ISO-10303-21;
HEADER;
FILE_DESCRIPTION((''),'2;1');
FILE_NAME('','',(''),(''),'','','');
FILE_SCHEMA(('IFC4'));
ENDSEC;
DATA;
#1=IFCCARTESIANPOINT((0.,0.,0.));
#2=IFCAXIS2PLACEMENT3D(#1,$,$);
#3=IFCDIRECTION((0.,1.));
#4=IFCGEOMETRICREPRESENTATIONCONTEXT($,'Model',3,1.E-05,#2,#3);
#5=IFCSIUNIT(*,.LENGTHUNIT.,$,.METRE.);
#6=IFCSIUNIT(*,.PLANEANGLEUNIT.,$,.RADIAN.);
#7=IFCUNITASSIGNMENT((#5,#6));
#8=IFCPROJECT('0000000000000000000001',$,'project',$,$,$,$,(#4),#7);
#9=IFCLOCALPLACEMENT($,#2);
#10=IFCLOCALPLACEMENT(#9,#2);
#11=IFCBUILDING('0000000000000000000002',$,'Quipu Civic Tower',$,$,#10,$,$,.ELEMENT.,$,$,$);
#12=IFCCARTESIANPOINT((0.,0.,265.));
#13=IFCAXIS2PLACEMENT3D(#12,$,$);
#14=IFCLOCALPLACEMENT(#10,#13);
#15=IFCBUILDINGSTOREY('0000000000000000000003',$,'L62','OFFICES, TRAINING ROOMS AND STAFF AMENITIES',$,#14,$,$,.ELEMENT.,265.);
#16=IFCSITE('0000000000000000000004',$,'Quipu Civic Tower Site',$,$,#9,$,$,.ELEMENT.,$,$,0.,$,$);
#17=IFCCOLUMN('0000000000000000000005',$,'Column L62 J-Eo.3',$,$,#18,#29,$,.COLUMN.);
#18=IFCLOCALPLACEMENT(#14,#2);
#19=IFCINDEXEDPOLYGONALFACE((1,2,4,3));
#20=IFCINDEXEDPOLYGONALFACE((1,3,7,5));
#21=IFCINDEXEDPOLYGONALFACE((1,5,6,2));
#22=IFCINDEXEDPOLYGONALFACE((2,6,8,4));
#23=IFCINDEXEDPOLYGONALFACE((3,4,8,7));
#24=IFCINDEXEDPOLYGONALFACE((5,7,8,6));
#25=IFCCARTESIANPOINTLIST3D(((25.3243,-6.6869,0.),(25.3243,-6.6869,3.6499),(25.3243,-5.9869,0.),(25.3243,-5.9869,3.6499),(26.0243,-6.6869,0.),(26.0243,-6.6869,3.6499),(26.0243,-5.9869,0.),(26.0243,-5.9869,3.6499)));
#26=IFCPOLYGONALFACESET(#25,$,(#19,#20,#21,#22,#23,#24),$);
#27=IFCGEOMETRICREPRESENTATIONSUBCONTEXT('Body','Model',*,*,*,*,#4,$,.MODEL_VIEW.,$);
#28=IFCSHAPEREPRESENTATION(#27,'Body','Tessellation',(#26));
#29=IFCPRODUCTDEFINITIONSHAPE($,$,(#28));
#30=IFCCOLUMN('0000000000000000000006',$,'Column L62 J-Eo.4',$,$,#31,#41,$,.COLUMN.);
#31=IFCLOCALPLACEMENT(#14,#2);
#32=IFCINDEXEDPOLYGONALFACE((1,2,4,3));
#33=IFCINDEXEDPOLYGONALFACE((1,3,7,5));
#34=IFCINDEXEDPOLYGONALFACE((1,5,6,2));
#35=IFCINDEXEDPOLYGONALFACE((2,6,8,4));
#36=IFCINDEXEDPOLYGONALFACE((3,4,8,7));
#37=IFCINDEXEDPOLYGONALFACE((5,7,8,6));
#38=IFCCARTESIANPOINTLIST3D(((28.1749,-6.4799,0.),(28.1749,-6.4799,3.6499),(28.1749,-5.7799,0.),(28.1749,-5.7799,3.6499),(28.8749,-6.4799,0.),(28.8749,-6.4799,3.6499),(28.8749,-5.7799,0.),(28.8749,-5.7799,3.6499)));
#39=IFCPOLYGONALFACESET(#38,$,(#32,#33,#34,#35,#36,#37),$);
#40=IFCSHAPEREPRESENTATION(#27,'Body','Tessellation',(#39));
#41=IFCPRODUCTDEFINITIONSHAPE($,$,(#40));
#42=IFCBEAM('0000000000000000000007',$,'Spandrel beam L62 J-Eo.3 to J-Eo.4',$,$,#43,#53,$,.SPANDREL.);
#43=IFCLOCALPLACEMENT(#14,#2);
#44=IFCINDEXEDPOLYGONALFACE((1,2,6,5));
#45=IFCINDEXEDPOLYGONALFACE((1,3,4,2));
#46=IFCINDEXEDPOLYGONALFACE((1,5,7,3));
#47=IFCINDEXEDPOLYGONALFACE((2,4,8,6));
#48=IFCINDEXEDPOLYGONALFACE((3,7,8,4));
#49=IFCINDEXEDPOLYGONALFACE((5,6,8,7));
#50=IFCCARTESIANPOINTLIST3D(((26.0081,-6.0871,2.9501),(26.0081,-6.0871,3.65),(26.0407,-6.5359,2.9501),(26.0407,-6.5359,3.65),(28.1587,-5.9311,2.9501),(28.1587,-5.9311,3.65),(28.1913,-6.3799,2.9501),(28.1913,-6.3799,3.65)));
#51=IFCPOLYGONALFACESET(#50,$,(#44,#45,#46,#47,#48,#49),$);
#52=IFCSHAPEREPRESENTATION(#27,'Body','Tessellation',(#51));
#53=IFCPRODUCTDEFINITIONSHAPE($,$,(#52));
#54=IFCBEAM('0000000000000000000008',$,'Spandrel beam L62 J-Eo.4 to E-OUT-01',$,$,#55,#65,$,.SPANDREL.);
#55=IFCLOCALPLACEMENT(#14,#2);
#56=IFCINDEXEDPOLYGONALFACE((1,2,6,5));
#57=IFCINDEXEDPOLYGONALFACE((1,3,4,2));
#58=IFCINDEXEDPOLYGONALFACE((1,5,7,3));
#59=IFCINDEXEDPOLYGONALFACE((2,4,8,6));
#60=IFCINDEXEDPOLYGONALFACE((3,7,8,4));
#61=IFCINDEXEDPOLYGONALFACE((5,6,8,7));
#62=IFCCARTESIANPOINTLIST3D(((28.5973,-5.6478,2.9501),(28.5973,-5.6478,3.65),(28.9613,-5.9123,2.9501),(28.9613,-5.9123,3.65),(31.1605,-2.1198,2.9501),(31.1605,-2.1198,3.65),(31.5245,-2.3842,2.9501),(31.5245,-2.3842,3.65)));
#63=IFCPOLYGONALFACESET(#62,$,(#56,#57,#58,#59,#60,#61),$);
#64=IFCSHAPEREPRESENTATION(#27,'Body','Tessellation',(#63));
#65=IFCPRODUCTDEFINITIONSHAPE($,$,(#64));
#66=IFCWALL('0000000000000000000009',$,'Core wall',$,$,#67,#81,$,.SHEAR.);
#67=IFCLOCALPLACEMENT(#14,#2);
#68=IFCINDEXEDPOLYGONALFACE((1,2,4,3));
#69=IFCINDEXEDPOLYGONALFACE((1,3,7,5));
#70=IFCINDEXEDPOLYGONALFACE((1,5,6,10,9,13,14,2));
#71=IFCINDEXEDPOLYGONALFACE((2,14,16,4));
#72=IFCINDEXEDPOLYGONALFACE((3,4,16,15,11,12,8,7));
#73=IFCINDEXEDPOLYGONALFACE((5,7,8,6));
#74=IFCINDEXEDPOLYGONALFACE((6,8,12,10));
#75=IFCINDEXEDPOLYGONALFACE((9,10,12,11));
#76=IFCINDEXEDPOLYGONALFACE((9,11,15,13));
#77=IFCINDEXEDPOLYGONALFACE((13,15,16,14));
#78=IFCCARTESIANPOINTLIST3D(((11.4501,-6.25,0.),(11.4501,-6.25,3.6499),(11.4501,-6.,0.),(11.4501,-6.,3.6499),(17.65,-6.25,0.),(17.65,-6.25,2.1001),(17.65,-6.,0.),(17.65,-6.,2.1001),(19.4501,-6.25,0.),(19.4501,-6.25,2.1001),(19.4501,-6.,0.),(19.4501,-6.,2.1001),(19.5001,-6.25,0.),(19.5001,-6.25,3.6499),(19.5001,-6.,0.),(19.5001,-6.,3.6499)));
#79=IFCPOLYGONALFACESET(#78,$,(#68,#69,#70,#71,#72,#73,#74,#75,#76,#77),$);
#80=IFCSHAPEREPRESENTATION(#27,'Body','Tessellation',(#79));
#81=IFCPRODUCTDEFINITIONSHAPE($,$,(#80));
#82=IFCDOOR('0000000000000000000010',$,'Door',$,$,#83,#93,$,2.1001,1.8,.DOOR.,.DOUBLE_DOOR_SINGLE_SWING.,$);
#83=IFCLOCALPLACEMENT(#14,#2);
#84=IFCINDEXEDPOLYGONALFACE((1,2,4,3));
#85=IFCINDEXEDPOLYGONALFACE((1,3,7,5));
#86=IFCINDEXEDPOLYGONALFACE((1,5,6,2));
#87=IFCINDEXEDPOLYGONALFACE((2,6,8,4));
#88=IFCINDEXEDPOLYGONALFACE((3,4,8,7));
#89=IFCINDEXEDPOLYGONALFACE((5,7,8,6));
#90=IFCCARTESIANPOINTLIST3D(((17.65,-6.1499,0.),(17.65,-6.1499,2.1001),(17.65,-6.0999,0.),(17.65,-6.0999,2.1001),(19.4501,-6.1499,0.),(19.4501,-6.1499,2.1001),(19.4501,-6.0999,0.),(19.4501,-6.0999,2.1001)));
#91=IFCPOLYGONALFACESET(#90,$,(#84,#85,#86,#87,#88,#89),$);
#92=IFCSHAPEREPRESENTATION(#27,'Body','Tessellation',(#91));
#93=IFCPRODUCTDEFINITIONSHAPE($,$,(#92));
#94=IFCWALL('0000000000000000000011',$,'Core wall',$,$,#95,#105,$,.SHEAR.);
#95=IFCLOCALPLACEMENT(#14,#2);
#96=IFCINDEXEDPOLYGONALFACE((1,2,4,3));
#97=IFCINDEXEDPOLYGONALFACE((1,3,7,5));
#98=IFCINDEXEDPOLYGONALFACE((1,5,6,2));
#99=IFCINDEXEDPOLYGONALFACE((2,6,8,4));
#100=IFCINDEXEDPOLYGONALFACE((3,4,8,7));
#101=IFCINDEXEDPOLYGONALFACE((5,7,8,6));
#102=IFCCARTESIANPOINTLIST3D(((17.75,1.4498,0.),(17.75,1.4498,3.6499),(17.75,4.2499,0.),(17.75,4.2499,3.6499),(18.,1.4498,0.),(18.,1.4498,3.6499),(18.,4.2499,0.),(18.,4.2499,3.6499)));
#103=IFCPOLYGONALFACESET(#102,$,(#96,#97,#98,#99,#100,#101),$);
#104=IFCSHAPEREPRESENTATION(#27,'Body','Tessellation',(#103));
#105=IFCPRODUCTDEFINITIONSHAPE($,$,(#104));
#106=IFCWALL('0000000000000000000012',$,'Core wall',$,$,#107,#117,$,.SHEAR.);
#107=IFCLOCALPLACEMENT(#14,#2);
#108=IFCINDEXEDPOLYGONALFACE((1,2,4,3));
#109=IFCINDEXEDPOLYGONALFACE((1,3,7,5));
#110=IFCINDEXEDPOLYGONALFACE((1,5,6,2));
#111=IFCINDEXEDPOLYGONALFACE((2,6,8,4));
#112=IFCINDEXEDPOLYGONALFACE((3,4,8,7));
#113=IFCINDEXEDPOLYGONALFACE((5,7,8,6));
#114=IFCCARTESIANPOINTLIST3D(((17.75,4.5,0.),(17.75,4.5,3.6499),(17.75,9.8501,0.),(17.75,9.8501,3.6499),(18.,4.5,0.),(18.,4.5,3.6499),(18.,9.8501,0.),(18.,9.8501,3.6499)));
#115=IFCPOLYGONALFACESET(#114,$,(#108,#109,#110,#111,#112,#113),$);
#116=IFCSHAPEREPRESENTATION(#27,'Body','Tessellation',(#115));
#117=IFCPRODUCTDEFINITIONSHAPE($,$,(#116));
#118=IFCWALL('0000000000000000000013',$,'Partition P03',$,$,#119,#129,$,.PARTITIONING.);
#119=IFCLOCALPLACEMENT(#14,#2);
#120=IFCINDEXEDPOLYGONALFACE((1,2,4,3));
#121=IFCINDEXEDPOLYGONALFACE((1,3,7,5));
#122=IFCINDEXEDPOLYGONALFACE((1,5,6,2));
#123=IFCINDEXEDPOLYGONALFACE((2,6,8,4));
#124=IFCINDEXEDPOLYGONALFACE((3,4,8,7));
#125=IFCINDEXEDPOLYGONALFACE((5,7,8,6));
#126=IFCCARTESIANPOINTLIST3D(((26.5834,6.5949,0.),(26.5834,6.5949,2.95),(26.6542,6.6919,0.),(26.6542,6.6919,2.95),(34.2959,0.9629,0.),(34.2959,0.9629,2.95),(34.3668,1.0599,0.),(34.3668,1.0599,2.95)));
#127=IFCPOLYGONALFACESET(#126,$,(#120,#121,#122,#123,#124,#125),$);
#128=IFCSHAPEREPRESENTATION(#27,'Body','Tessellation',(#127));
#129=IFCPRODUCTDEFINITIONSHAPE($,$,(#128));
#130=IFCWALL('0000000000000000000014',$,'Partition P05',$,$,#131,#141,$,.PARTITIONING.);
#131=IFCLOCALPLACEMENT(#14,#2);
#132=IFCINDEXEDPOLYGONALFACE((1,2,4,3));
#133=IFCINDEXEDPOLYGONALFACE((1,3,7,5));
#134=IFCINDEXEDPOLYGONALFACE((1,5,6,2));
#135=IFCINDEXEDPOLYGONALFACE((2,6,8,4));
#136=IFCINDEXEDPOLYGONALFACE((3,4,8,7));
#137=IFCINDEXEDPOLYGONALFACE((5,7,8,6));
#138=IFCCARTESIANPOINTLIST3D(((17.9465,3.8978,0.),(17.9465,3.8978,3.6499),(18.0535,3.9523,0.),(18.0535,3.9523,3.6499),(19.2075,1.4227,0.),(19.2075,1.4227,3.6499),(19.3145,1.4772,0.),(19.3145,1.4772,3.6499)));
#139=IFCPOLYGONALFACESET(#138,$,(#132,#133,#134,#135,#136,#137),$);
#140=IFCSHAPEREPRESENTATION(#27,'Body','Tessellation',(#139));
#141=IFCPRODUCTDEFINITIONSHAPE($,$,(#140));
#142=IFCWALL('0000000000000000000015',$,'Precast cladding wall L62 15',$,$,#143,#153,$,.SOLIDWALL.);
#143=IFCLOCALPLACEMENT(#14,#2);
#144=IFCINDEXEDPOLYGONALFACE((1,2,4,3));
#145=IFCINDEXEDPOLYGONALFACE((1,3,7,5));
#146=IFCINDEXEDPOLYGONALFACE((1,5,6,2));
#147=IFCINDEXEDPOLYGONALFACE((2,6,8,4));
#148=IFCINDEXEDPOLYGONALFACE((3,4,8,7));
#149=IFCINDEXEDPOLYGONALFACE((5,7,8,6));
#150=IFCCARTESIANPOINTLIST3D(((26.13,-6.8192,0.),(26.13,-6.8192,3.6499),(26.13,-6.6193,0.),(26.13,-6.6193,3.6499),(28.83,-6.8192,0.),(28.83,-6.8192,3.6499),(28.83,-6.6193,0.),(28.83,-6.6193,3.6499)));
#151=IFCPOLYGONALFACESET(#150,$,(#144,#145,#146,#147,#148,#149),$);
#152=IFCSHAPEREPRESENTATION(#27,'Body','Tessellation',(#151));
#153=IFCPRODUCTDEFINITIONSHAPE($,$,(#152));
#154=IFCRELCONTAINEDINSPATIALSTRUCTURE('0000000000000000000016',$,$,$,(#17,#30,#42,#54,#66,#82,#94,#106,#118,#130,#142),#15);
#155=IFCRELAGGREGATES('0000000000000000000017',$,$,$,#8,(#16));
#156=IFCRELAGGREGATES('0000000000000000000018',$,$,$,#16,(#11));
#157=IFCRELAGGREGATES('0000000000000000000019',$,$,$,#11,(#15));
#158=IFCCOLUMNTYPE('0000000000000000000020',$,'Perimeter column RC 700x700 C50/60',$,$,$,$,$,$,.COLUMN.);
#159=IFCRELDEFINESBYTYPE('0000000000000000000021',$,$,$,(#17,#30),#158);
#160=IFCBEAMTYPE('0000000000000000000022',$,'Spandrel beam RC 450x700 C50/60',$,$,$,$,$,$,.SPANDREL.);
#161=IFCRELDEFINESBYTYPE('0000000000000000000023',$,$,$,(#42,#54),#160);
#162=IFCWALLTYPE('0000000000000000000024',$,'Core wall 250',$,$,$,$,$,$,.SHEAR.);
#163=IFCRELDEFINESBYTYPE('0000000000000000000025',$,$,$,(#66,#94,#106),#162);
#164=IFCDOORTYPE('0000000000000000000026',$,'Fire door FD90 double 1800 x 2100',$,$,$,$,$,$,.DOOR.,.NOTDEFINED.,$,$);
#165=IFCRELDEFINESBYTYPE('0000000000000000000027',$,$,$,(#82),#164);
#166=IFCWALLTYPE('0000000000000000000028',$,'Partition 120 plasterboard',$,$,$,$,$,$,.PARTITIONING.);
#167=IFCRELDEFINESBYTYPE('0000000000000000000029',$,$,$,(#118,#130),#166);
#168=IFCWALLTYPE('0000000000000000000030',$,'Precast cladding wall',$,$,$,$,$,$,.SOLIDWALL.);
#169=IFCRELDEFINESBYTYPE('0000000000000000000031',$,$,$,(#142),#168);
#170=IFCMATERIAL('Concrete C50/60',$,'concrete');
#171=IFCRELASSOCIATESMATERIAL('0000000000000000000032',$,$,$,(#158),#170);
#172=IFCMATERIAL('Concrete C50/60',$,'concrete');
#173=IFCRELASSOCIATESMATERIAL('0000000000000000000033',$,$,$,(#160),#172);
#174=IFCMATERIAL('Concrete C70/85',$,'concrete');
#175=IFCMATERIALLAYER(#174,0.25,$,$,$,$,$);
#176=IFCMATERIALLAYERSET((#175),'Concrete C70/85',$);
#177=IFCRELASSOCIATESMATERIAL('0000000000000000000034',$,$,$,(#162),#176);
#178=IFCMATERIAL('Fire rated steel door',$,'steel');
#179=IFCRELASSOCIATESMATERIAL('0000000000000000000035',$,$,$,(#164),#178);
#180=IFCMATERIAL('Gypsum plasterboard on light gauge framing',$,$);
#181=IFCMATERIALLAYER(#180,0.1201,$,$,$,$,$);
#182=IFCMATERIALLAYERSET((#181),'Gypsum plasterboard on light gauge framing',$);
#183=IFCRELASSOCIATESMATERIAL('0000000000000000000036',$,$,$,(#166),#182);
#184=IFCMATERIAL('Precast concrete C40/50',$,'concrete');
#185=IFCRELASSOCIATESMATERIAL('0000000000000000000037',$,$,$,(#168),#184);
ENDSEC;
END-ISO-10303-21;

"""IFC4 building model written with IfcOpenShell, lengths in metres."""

from ifc_helpers import new_model, si_unit, direction, frame, frame_2d, origin, origin_2d, place, context, subcontext, project, spatial, rectangle, extrude, material, layer, layer_set, material_profile, profile_set, type_object, element, fill, save


model = new_model("IFC4")

# Units and contexts
model_context = context("Model", 3, precision=1e-05, world=origin(), true_north=direction((0.0, 1.0)))
body_context = subcontext(model_context, "Body", "Model", "MODEL_VIEW")
ifc_project = project(units=[si_unit("LENGTHUNIT", "METRE"), si_unit("PLANEANGLEUNIT", "RADIAN")], contexts=[model_context])

# Site, building, storey
site_placement = place(None, origin())
site = spatial("IfcSite", under=ifc_project, at=site_placement, Name="Quipu Civic Tower Site", CompositionType="ELEMENT", RefElevation=0.0)
building_placement = place(site_placement, origin())
building = spatial("IfcBuilding", under=site, at=building_placement, Name="Quipu Civic Tower", CompositionType="ELEMENT")
storey_placement = place(building_placement, frame((0.0, 0.0, 265.0)))
storey = spatial("IfcBuildingStorey", under=building, at=storey_placement, Name="L62", Description="OFFICES, TRAINING ROOMS AND STAFF AMENITIES", CompositionType="ELEMENT", Elevation=265.0)

# Columns
ifc_material_1 = material(Name="Concrete C50/60", Category="concrete")
ifc_material_profile_1 = material_profile(ifc_material_1, rectangle(XDim=0.7, YDim=0.7, at=origin_2d()), Name="RC700x700")
ifc_profile_set_1 = profile_set([ifc_material_profile_1], Name="Concrete C50/60")
column_type = type_object("IfcColumnType", Name="Perimeter column RC 700x700 C50/60", PredefinedType="COLUMN", material=ifc_profile_set_1)
for number, where, z_axis, x_axis, name in (
    (1, (25.6743, -6.3369, 0.0), (0.0, 0.0, 1.0), (1.0, 0.0, 0.0), "Column L62 J-Eo.3"),
    (2, (28.5249, -6.1299, 0.0), (0.0, 0.0, 1.0), (1.0, 0.0, 0.0), "Column L62 J-Eo.4"),
):
    element("IfcColumn", number, at=place(storey_placement, frame(where, z_axis=z_axis, x_axis=x_axis)), inside=storey, type_object=column_type, Name=name, PredefinedType="COLUMN", context=body_context, shape_type="SweptSolid", body=[
        extrude(rectangle(XDim=0.7, YDim=0.7, at=origin_2d()), origin(), (0.0, 0.0, 1.0), 3.6499),
    ])

# Beams
ifc_material_2 = material(Name="Concrete C50/60", Category="concrete")
ifc_material_profile_2 = material_profile(ifc_material_2, rectangle(XDim=0.45, YDim=0.7, at=origin_2d()), Name="RC450x700")
ifc_profile_set_2 = profile_set([ifc_material_profile_2], Name="Concrete C50/60")
beam_type = type_object("IfcBeamType", Name="Spandrel beam RC 450x700 C50/60", PredefinedType="SPANDREL", material=ifc_profile_set_2)
beam_1_placement = place(storey_placement, frame((26.0244, -6.3115, 3.3), z_axis=(0.997379, 0.072349, 0.0), x_axis=(-0.072349, 0.997379, 0.0)))
element("IfcBeam", 3, at=beam_1_placement, inside=storey, type_object=beam_type, Name="Spandrel beam L62 J-Eo.3 to J-Eo.4", PredefinedType="SPANDREL", context=body_context, shape_type="SweptSolid", body=[
    extrude(rectangle(XDim=0.45, YDim=0.7, at=origin_2d()), origin(), (0.0, 0.0, 1.0), 2.1562),
])
beam_2_placement = place(storey_placement, frame((28.7793, -5.78, 3.3), z_axis=(0.587776, 0.809024, 0.0), x_axis=(-0.809024, 0.587776, 0.0)))
element("IfcBeam", 4, at=beam_2_placement, inside=storey, type_object=beam_type, Name="Spandrel beam L62 J-Eo.4 to E-OUT-01", PredefinedType="SPANDREL", context=body_context, shape_type="SweptSolid", body=[
    extrude(rectangle(XDim=0.45, YDim=0.7, at=origin_2d()), origin(), (0.0, 0.0, 1.0), 4.3608),
])

# Wall, opening, door
ifc_material_3 = material(Name="Concrete C70/85", Category="concrete")
ifc_layer_1 = layer(ifc_material_3, 0.25)
ifc_layer_set_1 = layer_set([ifc_layer_1], Name="Concrete C70/85")
wall_type_1 = type_object("IfcWallType", Name="Core wall 250", PredefinedType="SHEAR", material=ifc_layer_set_1)
wall_1_placement = place(storey_placement, frame((19.5, -6.125, 0.0), z_axis=(0.0, 0.0, 1.0), x_axis=(-1.0, 0.0, 0.0)))
wall_1 = element("IfcWall", 5, at=wall_1_placement, inside=storey, type_object=wall_type_1, Name="Core wall", PredefinedType="SHEAR", context=body_context, shape_type="SweptSolid", body=[
    extrude(rectangle(XDim=8.05, YDim=0.25, at=frame_2d((4.0249, 0.0))), origin(), (0.0, 0.0, 1.0), 3.6499),
])
opening_1_placement = place(wall_1_placement, frame((0.05, 0.0, 0.0)))
opening_1 = element("IfcOpeningElement", 6, at=opening_1_placement, cuts=wall_1, PredefinedType="OPENING", context=body_context, shape_type="SweptSolid", body=[
    extrude(rectangle(XDim=1.8, YDim=2.1001, at=frame_2d((0.8999, 1.05))), frame((0.0, 0.135, 0.0), z_axis=(0.0, -1.0, 0.0), x_axis=(1.0, 0.0, 0.0)), (0.0, 0.0, 1.0), 0.27),
])
ifc_material_4 = material(Name="Fire rated steel door", Category="steel")
door_type_1 = type_object("IfcDoorType", Name="Fire door FD90 double 1800 x 2100", OperationType="NOTDEFINED", PredefinedType="DOOR", material=ifc_material_4)
door_1_placement = place(opening_1_placement, origin())
door_1 = element("IfcDoor", 7, at=door_1_placement, inside=storey, type_object=door_type_1, Name="Door", OperationType="DOUBLE_DOOR_SINGLE_SWING", OverallHeight=2.1001, OverallWidth=1.8, PredefinedType="DOOR", context=body_context, shape_type="SweptSolid", body=[
    extrude(rectangle(XDim=1.8, YDim=2.1001, at=frame_2d((0.8999, 1.05))), frame((0.0, 0.0249, 0.0), z_axis=(0.0, -1.0, 0.0), x_axis=(1.0, 0.0, 0.0)), (0.0, 0.0, 1.0), 0.05),
])
fill(opening_1, door_1)

# Walls
wall_2_placement = place(storey_placement, frame((17.875, 1.45, 0.0), z_axis=(0.0, 0.0, 1.0), x_axis=(0.0, 1.0, 0.0)))
element("IfcWall", 8, at=wall_2_placement, inside=storey, type_object=wall_type_1, Name="Core wall", PredefinedType="SHEAR", context=body_context, shape_type="SweptSolid", body=[
    extrude(rectangle(XDim=2.8, YDim=0.25, at=frame_2d((1.3999, 0.0))), origin(), (0.0, 0.0, 1.0), 3.6499),
])
wall_3_placement = place(storey_placement, frame((17.875, 4.5, 0.0), z_axis=(0.0, 0.0, 1.0), x_axis=(0.0, 1.0, 0.0)))
element("IfcWall", 9, at=wall_3_placement, inside=storey, type_object=wall_type_1, Name="Core wall", PredefinedType="SHEAR", context=body_context, shape_type="SweptSolid", body=[
    extrude(rectangle(XDim=5.3501, YDim=0.25, at=frame_2d((2.675, 0.0))), origin(), (0.0, 0.0, 1.0), 3.6499),
])

# Walls
ifc_material_5 = material(Name="Gypsum plasterboard on light gauge framing")
ifc_layer_2 = layer(ifc_material_5, 0.1201)
ifc_layer_set_2 = layer_set([ifc_layer_2], Name="Gypsum plasterboard on light gauge framing")
wall_type_2 = type_object("IfcWallType", Name="Partition 120 plasterboard", PredefinedType="PARTITIONING", material=ifc_layer_set_2)
wall_4_placement = place(storey_placement, frame((26.6189, 6.6433, 0.0), z_axis=(0.0, 0.0, 1.0), x_axis=(0.807595, -0.589738, 0.0)))
element("IfcWall", 10, at=wall_4_placement, inside=storey, type_object=wall_type_2, Name="Partition P03", PredefinedType="PARTITIONING", context=body_context, shape_type="SweptSolid", body=[
    extrude(rectangle(XDim=9.55, YDim=0.1201, at=frame_2d((4.7749, 0.0))), origin(), (0.0, 0.0, 1.0), 2.95),
])
wall_5_placement = place(storey_placement, frame((18.0, 3.925, 0.0), z_axis=(0.0, 0.0, 1.0), x_axis=(0.453951, -0.891027, 0.0)))
element("IfcWall", 11, at=wall_5_placement, inside=storey, type_object=wall_type_2, Name="Partition P05", PredefinedType="PARTITIONING", context=body_context, shape_type="SweptSolid", body=[
    extrude(rectangle(XDim=2.7778, YDim=0.1201, at=frame_2d((1.3889, 0.0))), origin(), (0.0, 0.0, 1.0), 3.6499),
])
ifc_material_6 = material(Name="Precast concrete C40/50", Category="concrete")
wall_type_3 = type_object("IfcWallType", Name="Precast cladding wall", PredefinedType="SOLIDWALL", material=ifc_material_6)
wall_6_placement = place(storey_placement, frame((26.1299, -6.7192, 0.0), z_axis=(0.0, 0.0, 1.0), x_axis=(1.0, 0.0, 0.0)))
element("IfcWall", 12, at=wall_6_placement, inside=storey, type_object=wall_type_3, Name="Precast cladding wall L62 15", PredefinedType="SOLIDWALL", context=body_context, shape_type="SweptSolid", body=[
    extrude(rectangle(XDim=2.7, YDim=0.2, at=frame_2d((1.3501, 0.0))), origin(), (0.0, 0.0, 1.0), 3.6499),
])

save(model, "model.ifc")
